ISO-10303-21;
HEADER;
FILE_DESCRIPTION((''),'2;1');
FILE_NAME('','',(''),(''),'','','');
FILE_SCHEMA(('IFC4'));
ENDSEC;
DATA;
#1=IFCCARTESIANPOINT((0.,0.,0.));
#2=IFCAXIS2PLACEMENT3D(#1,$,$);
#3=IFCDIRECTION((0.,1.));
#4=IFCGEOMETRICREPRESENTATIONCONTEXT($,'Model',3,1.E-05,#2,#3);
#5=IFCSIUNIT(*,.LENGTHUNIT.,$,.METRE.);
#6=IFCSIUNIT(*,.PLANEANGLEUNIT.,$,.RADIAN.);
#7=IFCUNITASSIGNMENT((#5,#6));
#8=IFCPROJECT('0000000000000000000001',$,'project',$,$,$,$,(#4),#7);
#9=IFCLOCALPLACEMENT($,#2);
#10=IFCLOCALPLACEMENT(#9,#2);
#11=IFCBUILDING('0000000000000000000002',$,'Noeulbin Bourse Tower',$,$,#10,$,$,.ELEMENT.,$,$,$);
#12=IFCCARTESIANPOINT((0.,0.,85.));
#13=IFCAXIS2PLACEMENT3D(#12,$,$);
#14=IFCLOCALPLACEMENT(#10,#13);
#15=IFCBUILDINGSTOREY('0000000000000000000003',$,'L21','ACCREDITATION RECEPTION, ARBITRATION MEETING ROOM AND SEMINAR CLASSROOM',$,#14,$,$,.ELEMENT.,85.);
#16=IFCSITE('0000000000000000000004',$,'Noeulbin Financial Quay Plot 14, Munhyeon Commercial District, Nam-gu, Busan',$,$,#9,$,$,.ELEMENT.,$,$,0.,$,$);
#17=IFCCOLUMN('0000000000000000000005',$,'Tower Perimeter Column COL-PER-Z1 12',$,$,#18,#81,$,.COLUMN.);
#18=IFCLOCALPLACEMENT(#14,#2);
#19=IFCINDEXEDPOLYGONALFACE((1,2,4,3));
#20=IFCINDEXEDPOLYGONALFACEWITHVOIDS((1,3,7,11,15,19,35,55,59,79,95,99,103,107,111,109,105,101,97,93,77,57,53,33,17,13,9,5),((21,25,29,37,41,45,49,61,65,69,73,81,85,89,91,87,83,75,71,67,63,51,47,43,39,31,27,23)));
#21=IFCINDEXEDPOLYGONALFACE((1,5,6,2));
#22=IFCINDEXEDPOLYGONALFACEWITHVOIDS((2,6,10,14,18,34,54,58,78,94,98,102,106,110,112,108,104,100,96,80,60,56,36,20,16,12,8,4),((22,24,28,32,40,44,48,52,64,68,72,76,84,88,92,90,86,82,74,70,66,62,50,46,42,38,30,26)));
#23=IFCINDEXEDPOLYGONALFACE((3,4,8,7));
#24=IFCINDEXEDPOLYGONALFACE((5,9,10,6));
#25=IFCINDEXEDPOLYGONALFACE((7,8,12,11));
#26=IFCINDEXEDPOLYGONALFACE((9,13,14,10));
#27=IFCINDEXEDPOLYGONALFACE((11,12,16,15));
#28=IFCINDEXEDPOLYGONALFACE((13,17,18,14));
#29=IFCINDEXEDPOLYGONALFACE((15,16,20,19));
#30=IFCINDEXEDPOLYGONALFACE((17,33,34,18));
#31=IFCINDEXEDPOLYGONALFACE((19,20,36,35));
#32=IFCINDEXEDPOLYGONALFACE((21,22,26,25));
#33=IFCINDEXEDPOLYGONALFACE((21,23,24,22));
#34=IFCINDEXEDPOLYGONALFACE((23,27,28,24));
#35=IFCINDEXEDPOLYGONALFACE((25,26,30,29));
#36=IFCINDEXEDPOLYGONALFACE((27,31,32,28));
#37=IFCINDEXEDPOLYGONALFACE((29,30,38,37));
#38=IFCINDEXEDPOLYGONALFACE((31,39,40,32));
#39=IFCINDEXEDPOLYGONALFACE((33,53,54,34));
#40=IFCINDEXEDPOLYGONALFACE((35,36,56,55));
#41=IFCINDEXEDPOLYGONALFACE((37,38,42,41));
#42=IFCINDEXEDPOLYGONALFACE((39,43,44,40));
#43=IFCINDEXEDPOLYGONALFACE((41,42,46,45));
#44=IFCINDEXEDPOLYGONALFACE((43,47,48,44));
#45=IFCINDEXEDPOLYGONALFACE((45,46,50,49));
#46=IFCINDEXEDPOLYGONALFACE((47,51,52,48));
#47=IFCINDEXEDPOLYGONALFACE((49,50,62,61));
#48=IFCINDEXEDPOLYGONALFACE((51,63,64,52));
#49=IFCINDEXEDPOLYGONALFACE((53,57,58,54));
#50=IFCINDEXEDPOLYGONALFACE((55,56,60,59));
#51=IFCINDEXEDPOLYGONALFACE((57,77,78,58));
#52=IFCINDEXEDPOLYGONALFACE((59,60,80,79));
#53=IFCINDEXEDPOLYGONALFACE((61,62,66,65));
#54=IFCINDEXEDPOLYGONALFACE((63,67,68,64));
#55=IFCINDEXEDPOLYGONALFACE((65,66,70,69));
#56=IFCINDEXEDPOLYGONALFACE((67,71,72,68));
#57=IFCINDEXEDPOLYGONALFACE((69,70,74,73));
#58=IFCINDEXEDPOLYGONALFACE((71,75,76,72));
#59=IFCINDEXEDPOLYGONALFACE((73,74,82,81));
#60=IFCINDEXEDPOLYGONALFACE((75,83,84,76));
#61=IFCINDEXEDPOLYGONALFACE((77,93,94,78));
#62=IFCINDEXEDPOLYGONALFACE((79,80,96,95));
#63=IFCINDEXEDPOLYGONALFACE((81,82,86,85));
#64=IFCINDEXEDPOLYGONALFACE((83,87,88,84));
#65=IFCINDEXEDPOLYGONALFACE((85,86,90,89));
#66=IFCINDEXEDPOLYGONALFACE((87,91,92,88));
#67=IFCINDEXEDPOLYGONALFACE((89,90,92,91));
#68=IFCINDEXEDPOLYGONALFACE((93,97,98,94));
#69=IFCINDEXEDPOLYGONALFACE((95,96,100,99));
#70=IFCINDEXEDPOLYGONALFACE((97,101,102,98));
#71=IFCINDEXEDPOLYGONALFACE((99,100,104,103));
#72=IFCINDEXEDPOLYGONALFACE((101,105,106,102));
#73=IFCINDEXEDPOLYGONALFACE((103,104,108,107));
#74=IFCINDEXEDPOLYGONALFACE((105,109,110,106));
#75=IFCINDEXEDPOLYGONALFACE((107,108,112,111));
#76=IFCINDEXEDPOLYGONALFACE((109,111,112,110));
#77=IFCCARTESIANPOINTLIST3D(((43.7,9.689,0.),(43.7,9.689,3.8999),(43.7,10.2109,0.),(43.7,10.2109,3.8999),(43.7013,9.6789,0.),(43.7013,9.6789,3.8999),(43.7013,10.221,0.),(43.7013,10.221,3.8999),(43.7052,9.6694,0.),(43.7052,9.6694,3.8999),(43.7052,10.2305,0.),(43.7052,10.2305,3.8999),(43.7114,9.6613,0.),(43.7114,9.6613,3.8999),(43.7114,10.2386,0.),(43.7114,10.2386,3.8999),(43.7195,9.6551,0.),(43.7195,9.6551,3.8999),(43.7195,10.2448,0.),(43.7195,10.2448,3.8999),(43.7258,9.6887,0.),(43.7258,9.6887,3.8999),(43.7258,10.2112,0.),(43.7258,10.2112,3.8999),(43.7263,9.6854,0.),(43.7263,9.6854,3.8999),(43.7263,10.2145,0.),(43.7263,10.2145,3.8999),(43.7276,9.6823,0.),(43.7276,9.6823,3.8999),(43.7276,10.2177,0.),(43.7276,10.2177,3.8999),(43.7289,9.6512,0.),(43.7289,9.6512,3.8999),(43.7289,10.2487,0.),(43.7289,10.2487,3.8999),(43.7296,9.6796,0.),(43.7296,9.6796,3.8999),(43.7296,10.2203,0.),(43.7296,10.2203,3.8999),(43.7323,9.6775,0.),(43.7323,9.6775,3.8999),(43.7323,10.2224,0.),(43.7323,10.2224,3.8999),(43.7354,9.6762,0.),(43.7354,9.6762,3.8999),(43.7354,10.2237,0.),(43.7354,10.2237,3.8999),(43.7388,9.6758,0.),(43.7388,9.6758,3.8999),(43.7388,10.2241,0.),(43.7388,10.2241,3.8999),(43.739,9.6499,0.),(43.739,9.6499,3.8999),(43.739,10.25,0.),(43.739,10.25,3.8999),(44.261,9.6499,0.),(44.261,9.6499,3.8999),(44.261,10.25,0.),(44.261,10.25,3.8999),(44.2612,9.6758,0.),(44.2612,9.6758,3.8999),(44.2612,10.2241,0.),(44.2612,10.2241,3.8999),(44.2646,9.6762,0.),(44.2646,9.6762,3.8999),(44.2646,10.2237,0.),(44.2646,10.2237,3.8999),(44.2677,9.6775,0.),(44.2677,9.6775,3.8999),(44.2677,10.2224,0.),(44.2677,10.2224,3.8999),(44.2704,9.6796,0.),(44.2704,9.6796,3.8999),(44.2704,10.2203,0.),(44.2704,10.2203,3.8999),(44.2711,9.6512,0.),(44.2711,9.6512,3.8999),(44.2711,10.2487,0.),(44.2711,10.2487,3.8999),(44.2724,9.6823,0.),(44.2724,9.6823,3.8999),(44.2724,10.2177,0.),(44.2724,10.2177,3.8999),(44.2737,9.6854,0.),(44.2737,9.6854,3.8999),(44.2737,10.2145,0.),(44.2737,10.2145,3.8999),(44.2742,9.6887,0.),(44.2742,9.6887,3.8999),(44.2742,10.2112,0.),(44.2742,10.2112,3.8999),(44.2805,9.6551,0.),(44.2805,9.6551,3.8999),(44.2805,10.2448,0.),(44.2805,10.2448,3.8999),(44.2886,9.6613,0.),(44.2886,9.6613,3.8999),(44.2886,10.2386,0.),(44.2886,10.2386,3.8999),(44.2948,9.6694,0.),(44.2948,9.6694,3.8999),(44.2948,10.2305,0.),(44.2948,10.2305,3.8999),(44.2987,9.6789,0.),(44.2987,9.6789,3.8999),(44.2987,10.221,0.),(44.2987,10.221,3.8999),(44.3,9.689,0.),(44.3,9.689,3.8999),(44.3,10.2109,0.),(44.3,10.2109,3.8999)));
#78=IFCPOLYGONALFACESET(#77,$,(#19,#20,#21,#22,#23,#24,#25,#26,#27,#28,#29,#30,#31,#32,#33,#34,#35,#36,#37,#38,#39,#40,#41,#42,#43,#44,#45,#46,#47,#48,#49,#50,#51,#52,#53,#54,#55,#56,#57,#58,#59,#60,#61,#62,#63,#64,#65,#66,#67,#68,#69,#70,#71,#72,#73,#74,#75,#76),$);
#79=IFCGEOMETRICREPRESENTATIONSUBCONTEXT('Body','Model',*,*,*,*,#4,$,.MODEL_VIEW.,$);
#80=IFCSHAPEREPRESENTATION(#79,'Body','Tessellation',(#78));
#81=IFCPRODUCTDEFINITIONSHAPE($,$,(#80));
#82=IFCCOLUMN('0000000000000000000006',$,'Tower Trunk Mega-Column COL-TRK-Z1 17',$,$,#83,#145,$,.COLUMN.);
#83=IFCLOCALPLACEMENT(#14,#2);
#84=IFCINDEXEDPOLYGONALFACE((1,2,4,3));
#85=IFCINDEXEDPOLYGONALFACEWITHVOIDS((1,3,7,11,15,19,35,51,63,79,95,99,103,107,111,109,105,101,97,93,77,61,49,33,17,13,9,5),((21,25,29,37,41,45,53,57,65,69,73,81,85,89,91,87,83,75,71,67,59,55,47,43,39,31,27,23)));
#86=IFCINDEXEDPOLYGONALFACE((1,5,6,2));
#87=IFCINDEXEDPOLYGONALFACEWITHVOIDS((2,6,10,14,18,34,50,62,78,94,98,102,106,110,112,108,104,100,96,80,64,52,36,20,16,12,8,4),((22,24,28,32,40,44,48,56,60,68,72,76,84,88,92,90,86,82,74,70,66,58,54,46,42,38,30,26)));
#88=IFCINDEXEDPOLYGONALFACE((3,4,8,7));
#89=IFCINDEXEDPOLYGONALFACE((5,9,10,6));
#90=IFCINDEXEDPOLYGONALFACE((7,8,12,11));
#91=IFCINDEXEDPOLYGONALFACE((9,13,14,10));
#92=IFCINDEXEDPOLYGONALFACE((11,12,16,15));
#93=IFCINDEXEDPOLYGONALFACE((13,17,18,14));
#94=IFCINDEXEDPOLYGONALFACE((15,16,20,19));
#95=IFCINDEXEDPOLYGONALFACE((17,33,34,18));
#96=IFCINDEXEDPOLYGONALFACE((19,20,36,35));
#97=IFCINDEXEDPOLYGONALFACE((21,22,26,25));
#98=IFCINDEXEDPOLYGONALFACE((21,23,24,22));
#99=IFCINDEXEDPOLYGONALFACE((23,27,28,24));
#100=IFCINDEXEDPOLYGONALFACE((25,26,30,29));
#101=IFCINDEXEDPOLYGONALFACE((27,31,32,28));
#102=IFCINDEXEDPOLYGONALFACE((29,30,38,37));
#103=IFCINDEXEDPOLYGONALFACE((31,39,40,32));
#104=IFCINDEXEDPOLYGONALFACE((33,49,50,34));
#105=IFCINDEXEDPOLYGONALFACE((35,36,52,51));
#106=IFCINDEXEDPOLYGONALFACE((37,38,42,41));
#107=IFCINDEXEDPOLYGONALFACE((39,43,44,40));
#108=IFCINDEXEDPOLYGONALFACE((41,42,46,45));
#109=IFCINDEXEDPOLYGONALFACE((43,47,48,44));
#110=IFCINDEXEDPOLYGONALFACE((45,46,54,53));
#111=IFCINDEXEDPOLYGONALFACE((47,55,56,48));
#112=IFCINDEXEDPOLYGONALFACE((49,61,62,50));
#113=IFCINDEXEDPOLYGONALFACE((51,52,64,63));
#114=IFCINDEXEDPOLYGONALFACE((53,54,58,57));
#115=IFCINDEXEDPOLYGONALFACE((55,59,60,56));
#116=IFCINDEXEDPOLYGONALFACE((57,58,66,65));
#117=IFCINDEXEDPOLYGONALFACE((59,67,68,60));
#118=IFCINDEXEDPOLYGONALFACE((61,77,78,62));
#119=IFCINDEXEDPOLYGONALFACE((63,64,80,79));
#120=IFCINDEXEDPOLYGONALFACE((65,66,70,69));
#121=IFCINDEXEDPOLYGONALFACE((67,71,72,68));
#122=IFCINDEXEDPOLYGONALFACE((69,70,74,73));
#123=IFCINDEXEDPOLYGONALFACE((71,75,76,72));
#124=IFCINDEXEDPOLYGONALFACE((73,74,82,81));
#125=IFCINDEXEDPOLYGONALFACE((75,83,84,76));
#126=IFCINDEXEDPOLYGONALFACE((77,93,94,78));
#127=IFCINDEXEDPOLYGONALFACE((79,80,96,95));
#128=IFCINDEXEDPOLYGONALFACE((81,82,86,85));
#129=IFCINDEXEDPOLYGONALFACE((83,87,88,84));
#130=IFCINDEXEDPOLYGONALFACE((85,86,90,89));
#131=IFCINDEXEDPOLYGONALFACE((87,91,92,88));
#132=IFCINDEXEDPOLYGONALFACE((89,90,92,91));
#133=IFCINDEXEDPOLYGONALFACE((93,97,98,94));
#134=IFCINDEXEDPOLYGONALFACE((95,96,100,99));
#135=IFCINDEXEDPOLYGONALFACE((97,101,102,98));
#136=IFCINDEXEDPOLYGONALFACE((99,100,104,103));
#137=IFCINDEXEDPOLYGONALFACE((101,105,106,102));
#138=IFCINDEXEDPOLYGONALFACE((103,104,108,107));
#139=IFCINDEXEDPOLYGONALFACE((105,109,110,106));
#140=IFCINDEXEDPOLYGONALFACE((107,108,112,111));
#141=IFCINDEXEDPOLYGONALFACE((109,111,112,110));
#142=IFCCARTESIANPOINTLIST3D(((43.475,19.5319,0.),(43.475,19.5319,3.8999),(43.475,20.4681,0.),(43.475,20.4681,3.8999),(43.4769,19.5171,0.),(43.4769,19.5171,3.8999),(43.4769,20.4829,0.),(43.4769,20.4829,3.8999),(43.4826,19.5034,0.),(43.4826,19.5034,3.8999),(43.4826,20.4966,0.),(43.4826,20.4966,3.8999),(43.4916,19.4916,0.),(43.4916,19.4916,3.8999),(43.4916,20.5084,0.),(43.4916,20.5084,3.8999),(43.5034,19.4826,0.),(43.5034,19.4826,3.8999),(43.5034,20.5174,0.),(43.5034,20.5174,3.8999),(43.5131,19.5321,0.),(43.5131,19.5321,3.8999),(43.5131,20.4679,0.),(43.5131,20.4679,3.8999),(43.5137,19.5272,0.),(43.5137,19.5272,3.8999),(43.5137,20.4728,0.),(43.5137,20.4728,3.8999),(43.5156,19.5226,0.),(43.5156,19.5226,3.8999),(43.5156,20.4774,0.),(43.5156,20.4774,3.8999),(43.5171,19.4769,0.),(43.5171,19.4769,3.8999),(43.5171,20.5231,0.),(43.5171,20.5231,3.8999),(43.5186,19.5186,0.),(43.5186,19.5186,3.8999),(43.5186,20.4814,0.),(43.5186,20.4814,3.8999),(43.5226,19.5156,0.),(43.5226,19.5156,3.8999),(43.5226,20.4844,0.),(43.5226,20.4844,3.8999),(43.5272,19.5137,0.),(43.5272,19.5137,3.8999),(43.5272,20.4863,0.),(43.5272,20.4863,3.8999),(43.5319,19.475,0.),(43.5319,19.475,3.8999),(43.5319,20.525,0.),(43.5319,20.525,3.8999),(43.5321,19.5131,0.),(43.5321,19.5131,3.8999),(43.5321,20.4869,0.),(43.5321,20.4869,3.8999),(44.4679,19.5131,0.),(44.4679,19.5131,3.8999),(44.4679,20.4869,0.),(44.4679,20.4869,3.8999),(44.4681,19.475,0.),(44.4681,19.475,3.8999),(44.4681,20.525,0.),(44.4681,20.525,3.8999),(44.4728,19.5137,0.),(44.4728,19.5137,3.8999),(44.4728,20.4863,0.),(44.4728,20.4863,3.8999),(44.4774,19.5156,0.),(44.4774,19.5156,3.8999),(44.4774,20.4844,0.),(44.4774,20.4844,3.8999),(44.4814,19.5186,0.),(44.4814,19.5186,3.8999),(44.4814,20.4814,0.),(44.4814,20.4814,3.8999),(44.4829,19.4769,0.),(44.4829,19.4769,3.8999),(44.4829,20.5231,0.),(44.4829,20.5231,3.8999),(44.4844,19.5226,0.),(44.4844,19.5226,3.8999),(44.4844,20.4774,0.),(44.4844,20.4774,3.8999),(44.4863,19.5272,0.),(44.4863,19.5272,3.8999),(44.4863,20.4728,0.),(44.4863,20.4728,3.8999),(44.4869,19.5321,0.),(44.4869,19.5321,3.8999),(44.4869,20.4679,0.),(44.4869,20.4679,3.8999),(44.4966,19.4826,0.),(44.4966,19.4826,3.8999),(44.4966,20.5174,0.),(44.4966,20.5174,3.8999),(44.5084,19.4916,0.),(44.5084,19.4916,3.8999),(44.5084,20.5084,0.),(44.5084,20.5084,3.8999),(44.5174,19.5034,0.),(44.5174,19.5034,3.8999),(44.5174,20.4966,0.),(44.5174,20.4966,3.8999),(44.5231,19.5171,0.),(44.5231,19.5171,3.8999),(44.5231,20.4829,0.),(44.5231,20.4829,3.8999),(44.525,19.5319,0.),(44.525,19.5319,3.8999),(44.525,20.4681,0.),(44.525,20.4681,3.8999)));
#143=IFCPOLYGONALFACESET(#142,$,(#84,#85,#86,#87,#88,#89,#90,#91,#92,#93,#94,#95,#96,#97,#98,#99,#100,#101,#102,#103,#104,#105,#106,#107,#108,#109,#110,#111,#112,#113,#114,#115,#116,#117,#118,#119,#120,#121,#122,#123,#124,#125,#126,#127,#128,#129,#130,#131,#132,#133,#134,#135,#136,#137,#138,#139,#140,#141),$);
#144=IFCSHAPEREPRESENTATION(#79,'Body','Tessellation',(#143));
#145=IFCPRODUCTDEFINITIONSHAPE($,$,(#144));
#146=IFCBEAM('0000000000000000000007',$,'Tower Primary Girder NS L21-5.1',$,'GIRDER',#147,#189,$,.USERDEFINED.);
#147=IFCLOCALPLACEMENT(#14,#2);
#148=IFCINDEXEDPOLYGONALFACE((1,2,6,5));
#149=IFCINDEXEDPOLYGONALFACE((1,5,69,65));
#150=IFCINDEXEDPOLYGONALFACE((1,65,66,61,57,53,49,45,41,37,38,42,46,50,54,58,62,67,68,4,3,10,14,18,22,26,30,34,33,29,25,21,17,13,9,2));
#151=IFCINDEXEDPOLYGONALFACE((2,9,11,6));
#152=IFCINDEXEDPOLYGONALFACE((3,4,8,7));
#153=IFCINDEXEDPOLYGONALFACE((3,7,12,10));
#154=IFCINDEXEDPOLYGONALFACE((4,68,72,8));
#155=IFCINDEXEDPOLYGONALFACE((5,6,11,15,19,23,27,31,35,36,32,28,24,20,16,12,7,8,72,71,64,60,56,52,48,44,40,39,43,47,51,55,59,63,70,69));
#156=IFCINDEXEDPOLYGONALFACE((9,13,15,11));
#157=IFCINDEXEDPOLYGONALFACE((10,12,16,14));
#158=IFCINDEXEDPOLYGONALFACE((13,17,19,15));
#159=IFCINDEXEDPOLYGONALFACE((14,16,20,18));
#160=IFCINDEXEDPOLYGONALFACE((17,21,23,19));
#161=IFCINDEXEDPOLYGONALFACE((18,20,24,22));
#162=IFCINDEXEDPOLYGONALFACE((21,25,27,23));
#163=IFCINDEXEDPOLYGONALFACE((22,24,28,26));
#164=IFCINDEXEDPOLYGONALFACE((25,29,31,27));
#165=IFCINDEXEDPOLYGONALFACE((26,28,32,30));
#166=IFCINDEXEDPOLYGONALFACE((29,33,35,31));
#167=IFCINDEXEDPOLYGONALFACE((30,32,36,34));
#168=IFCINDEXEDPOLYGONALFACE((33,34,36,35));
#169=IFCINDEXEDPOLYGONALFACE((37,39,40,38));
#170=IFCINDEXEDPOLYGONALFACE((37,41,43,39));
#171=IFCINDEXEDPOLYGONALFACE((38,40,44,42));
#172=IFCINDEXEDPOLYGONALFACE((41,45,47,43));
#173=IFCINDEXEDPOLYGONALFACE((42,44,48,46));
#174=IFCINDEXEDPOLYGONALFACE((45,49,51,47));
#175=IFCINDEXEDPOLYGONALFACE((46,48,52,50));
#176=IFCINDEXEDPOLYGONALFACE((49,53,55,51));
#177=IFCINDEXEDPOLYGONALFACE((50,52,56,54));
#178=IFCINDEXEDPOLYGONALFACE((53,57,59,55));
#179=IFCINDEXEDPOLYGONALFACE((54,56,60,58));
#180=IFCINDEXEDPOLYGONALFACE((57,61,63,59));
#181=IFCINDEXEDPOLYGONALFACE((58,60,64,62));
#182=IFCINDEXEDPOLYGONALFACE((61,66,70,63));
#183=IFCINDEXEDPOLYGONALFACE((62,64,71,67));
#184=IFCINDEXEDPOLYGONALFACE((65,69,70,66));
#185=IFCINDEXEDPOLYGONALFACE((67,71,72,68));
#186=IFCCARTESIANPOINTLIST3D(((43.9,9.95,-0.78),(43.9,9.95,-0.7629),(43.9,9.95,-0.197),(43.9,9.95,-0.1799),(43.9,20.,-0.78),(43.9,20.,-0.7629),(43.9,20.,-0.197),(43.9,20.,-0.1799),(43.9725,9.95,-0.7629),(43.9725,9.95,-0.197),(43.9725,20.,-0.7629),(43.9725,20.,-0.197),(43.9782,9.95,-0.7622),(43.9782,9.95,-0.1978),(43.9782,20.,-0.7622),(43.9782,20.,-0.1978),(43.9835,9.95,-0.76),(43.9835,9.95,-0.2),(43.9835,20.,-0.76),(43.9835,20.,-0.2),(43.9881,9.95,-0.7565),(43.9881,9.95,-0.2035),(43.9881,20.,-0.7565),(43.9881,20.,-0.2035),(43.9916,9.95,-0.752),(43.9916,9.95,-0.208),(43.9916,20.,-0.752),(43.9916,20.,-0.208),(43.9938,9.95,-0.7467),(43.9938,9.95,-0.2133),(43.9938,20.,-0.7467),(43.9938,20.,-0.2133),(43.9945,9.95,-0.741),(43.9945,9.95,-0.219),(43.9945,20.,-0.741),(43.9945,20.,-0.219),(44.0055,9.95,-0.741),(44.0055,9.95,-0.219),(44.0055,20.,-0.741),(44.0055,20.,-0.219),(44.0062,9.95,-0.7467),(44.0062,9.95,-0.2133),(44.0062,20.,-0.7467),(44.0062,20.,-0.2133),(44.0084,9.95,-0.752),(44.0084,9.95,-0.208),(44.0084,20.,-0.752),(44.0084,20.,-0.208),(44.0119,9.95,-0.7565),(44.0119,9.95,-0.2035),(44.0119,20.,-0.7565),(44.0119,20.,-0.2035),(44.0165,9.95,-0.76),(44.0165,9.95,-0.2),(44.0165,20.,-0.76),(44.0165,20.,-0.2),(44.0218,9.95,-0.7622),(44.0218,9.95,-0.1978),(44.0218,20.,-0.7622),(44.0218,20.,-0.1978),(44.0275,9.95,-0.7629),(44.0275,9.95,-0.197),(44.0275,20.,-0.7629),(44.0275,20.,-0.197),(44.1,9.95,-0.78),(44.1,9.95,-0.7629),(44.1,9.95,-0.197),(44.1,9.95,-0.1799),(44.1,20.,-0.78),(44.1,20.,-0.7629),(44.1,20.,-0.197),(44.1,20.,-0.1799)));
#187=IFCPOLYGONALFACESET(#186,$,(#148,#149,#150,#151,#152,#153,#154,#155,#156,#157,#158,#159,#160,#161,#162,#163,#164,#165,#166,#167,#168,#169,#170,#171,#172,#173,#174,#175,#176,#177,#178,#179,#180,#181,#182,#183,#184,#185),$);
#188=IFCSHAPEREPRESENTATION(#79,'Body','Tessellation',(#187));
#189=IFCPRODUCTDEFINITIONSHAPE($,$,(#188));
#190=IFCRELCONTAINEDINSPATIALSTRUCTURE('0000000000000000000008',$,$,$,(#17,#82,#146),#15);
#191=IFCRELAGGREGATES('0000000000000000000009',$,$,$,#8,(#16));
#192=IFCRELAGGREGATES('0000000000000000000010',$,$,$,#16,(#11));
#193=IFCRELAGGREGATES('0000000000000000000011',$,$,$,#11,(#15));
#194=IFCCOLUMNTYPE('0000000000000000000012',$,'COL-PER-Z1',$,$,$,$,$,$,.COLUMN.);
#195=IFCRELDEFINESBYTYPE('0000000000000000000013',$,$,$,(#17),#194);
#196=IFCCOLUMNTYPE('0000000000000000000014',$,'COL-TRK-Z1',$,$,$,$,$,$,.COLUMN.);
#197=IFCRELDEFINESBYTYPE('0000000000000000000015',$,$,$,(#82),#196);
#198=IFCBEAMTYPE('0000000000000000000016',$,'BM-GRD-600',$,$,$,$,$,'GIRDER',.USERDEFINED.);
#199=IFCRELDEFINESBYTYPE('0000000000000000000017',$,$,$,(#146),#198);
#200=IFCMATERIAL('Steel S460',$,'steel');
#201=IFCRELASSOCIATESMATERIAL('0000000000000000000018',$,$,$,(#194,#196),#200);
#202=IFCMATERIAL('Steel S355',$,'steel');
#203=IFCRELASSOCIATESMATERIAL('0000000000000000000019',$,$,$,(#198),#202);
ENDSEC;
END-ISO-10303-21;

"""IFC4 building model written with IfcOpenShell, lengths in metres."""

from ifc_helpers import new_model, si_unit, direction, frame, origin, origin_2d, place, context, subcontext, project, spatial, hollow_rectangle, i_section, extrude, material, material_profile, profile_set, type_object, element, save


model = new_model("IFC4")

# Units and contexts
model_context = context("Model", 3, precision=1e-05, world=origin(), true_north=direction((0.0, 1.0)))
body_context = subcontext(model_context, "Body", "Model", "MODEL_VIEW")
ifc_project = project(units=[si_unit("LENGTHUNIT", "METRE"), si_unit("PLANEANGLEUNIT", "RADIAN")], contexts=[model_context])

# Site, building, storey
site_placement = place(None, origin())
site = spatial("IfcSite", under=ifc_project, at=site_placement, Name="Noeulbin Financial Quay Plot 14, Munhyeon Commercial District, Nam-gu, Busan", CompositionType="ELEMENT", RefElevation=0.0)
building_placement = place(site_placement, origin())
building = spatial("IfcBuilding", under=site, at=building_placement, Name="Noeulbin Bourse Tower", CompositionType="ELEMENT")
storey_placement = place(building_placement, frame((0.0, 0.0, 85.0)))
storey = spatial("IfcBuildingStorey", under=building, at=storey_placement, Name="L21", Description="ACCREDITATION RECEPTION, ARBITRATION MEETING ROOM AND SEMINAR CLASSROOM", CompositionType="ELEMENT", Elevation=85.0)

# Columns
ifc_material_1 = material(Name="Steel S460", Category="steel")
ifc_material_profile_1 = material_profile(ifc_material_1, hollow_rectangle(XDim=0.6001, YDim=0.6001, WallThickness=0.0259, InnerFilletRadius=0.0129, OuterFilletRadius=0.0391, at=origin_2d()), Name="BOX-600x600x26", Category="LoadBearing")
ifc_profile_set_1 = profile_set([ifc_material_profile_1], Name="Steel S460")
column_type_1 = type_object("IfcColumnType", Name="COL-PER-Z1", PredefinedType="COLUMN", material=ifc_profile_set_1)
column_1_placement = place(storey_placement, frame((44.0, 9.95, 0.0), z_axis=(0.0, 0.0, 1.0), x_axis=(1.0, 0.0, 0.0)))
element("IfcColumn", 1, at=column_1_placement, inside=storey, type_object=column_type_1, Name="Tower Perimeter Column COL-PER-Z1 12", PredefinedType="COLUMN", context=body_context, shape_type="SweptSolid", body=[
    extrude(hollow_rectangle(XDim=0.6001, YDim=0.6001, WallThickness=0.0259, InnerFilletRadius=0.0129, OuterFilletRadius=0.0391, at=origin_2d()), origin(), (0.0, 0.0, 1.0), 3.8999),
])
ifc_material_profile_2 = material_profile(ifc_material_1, hollow_rectangle(XDim=1.05, YDim=1.05, WallThickness=0.0381, InnerFilletRadius=0.019, OuterFilletRadius=0.0569, at=origin_2d()), Name="BOX-1050x1050x38", Category="LoadBearing")
ifc_profile_set_2 = profile_set([ifc_material_profile_2], Name="Steel S460")
column_type_2 = type_object("IfcColumnType", Name="COL-TRK-Z1", PredefinedType="COLUMN", material=ifc_profile_set_2)
column_2_placement = place(storey_placement, frame((44.0, 20.0, 0.0), z_axis=(0.0, 0.0, 1.0), x_axis=(1.0, 0.0, 0.0)))
element("IfcColumn", 2, at=column_2_placement, inside=storey, type_object=column_type_2, Name="Tower Trunk Mega-Column COL-TRK-Z1 17", PredefinedType="COLUMN", context=body_context, shape_type="SweptSolid", body=[
    extrude(hollow_rectangle(XDim=1.05, YDim=1.05, WallThickness=0.0381, InnerFilletRadius=0.019, OuterFilletRadius=0.0569, at=origin_2d()), origin(), (0.0, 0.0, 1.0), 3.8999),
])

# Beam
ifc_material_2 = material(Name="Steel S355", Category="steel")
ifc_material_profile_3 = material_profile(ifc_material_2, i_section(OverallWidth=0.2, OverallDepth=0.6001, WebThickness=0.011, FlangeThickness=0.0171, FilletRadius=0.022, at=origin_2d()), Name="H-600x200x11x17", Category="LoadBearing")
ifc_profile_set_3 = profile_set([ifc_material_profile_3], Name="Steel S355")
beam_type_1 = type_object("IfcBeamType", Name="BM-GRD-600", ElementType="GIRDER", PredefinedType="USERDEFINED", material=ifc_profile_set_3)
beam_1_placement = place(storey_placement, frame((44.0, 9.95, -0.48), z_axis=(0.0, 1.0, 0.0), x_axis=(-1.0, 0.0, 0.0)))
element("IfcBeam", 3, at=beam_1_placement, inside=storey, type_object=beam_type_1, Name="Tower Primary Girder NS L21-5.1", ObjectType="GIRDER", PredefinedType="USERDEFINED", context=body_context, shape_type="SweptSolid", body=[
    extrude(i_section(OverallWidth=0.2, OverallDepth=0.6001, WebThickness=0.011, FlangeThickness=0.0171, FilletRadius=0.022, at=origin_2d()), origin(), (0.0, 0.0, 1.0), 10.05),
])

save(model, "model.ifc")
